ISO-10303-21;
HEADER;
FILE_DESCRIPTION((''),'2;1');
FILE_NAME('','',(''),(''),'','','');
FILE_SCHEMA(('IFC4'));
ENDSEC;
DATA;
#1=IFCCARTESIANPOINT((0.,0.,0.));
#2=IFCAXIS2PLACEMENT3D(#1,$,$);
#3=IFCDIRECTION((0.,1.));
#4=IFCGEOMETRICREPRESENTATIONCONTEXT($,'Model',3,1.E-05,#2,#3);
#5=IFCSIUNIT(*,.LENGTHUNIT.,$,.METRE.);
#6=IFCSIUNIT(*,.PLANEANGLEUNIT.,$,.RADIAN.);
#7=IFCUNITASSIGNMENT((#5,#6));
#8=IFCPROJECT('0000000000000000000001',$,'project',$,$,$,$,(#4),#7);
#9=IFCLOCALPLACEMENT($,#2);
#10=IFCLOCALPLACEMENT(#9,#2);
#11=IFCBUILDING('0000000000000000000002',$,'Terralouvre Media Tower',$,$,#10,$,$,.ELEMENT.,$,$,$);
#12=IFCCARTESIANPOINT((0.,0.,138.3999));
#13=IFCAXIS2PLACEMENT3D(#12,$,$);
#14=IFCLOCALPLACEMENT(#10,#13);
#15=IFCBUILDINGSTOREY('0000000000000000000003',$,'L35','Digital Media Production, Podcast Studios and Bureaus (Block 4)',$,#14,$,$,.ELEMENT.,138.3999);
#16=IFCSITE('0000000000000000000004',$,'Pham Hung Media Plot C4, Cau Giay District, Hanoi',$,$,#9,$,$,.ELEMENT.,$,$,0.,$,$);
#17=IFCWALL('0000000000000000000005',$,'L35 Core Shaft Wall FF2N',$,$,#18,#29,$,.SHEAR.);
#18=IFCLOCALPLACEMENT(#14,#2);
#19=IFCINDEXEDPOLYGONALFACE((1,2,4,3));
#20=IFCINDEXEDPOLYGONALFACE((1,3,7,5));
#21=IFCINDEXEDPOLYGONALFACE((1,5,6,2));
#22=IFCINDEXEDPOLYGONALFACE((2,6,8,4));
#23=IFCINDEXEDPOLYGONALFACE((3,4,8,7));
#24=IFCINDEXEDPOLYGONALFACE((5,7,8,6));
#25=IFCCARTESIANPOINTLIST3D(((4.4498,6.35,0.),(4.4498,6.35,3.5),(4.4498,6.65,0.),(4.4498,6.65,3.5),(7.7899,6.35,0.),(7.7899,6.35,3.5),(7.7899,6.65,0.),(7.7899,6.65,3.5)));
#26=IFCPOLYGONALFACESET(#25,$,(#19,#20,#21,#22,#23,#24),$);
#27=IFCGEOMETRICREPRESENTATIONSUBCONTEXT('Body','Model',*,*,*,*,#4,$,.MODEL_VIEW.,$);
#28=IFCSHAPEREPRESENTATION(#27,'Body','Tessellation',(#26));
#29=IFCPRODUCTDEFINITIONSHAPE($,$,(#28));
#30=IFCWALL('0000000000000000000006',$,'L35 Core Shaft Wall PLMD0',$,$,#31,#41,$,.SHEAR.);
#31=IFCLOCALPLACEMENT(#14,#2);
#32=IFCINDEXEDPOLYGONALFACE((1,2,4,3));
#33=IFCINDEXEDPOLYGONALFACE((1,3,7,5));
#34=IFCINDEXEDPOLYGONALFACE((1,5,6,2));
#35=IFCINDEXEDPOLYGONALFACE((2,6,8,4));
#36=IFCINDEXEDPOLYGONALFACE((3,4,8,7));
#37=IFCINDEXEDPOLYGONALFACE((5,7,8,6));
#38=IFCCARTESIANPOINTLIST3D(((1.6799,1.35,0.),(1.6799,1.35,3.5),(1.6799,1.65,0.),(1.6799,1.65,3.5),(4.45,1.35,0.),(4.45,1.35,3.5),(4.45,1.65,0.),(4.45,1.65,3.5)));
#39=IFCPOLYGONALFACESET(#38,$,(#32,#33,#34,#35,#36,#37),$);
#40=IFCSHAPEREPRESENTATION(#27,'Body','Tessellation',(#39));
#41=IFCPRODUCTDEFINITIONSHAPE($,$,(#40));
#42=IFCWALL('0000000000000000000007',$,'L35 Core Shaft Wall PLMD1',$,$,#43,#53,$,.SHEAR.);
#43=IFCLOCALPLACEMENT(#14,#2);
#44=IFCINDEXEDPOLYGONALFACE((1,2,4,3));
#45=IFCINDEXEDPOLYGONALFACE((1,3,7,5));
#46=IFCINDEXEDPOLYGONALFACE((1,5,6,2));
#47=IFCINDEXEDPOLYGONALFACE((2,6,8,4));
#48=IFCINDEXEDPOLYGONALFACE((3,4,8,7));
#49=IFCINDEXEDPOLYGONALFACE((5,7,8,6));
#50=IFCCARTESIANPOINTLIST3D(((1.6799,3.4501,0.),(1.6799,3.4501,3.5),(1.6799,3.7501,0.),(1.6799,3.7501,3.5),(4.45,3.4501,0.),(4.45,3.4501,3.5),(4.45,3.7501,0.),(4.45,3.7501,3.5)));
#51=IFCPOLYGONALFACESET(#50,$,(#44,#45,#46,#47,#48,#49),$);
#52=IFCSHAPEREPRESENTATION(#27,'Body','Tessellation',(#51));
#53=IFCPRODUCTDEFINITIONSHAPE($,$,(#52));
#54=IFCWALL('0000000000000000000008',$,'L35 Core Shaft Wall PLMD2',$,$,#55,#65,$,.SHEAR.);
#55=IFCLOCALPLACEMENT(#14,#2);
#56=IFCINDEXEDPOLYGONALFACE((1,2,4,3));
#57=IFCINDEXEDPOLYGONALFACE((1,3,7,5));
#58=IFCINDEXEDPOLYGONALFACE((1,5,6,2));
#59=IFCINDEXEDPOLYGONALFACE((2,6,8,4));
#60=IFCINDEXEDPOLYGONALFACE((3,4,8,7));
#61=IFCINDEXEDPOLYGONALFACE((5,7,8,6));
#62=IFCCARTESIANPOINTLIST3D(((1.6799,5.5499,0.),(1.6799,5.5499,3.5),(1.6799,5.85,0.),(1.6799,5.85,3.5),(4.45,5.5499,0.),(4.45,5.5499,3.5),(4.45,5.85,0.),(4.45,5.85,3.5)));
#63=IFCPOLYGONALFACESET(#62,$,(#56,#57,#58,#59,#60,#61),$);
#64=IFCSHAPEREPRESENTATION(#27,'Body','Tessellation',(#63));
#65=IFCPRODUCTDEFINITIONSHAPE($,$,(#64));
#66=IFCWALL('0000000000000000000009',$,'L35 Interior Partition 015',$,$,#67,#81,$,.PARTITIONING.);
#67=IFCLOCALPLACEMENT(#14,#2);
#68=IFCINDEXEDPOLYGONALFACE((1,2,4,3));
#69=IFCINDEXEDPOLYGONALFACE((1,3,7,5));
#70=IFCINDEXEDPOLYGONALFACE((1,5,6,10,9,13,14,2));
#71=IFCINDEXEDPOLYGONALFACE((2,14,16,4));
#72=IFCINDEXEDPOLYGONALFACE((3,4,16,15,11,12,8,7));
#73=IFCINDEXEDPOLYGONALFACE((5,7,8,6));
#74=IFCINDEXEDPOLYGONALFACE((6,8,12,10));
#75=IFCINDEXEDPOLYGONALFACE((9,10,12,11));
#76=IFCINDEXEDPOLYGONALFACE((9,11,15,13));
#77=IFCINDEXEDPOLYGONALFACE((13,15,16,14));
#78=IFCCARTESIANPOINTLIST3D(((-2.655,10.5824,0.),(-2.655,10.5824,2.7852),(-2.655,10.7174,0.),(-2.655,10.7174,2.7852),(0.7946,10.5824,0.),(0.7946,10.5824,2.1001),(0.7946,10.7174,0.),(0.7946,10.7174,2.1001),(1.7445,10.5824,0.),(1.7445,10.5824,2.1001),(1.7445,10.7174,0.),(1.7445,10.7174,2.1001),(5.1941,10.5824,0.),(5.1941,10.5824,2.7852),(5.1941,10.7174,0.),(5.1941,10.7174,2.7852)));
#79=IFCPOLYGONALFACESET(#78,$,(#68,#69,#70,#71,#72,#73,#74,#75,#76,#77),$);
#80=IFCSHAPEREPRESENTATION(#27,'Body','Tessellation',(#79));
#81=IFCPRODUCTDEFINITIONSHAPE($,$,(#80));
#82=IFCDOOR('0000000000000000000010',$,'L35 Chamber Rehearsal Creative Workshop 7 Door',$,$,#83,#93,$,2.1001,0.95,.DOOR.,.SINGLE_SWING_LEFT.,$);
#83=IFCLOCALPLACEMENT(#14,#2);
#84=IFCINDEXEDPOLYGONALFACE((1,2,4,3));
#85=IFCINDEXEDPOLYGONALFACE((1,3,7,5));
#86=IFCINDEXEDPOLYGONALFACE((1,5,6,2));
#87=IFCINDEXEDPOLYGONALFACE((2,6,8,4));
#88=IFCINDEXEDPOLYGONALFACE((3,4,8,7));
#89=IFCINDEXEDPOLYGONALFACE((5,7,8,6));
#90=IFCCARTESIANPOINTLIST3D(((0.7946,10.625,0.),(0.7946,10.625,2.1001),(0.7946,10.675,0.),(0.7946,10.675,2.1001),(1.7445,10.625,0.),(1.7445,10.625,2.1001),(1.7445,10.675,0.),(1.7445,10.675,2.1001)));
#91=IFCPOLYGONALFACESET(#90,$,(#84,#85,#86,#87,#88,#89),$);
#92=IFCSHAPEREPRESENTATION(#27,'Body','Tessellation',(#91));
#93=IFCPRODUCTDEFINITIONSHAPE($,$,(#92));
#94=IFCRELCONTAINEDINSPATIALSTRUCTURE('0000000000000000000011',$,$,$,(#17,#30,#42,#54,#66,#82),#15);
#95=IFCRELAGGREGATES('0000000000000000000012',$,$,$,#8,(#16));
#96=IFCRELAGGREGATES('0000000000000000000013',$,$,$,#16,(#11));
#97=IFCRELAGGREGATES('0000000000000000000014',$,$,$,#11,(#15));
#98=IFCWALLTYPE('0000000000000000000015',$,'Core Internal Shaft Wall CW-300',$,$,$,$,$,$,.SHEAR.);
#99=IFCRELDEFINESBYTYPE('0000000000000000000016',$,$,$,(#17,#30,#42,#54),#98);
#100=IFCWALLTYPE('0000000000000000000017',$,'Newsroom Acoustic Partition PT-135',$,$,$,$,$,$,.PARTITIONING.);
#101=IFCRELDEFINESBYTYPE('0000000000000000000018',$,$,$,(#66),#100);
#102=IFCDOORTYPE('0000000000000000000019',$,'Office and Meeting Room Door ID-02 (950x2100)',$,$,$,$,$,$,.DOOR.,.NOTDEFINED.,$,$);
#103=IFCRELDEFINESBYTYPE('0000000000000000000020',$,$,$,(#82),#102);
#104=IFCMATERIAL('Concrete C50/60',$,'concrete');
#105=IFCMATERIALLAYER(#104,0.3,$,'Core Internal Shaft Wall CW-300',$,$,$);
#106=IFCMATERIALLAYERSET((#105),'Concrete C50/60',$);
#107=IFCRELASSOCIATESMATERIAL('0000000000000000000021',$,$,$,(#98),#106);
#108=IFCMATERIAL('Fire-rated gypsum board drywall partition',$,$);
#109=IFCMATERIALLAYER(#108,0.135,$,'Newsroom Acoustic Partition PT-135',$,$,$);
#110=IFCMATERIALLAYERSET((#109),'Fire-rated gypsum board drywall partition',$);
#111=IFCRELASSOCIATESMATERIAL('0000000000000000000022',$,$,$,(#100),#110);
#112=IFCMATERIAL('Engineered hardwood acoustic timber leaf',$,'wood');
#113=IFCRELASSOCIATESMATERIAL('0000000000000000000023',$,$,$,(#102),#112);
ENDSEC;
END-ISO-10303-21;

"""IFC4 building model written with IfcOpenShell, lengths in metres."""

from ifc_helpers import new_model, si_unit, direction, frame, frame_2d, origin, place, context, subcontext, project, spatial, rectangle, extrude, material, layer, layer_set, type_object, element, fill, save


model = new_model("IFC4")

# Units and contexts
model_context = context("Model", 3, precision=1e-05, world=origin(), true_north=direction((0.0, 1.0)))
body_context = subcontext(model_context, "Body", "Model", "MODEL_VIEW")
ifc_project = project(units=[si_unit("LENGTHUNIT", "METRE"), si_unit("PLANEANGLEUNIT", "RADIAN")], contexts=[model_context])

# Site, building, storey
site_placement = place(None, origin())
site = spatial("IfcSite", under=ifc_project, at=site_placement, Name="Pham Hung Media Plot C4, Cau Giay District, Hanoi", CompositionType="ELEMENT", RefElevation=0.0)
building_placement = place(site_placement, origin())
building = spatial("IfcBuilding", under=site, at=building_placement, Name="Terralouvre Media Tower", CompositionType="ELEMENT")
storey_placement = place(building_placement, frame((0.0, 0.0, 138.3999)))
storey = spatial("IfcBuildingStorey", under=building, at=storey_placement, Name="L35", Description="Digital Media Production, Podcast Studios and Bureaus (Block 4)", CompositionType="ELEMENT", Elevation=138.3999)

# Shared definitions
ifc_material_1 = material(Name="Concrete C50/60", Category="concrete")
ifc_layer_1 = layer(ifc_material_1, 0.3, Name="Core Internal Shaft Wall CW-300")
ifc_layer_set_1 = layer_set([ifc_layer_1], Name="Concrete C50/60")
wall_type_1 = type_object("IfcWallType", Name="Core Internal Shaft Wall CW-300", PredefinedType="SHEAR", material=ifc_layer_set_1)

# Walls
wall_1_placement = place(storey_placement, frame((4.45, 6.5, 0.0), z_axis=(0.0, 0.0, 1.0), x_axis=(1.0, 0.0, 0.0)))
element("IfcWall", 1, at=wall_1_placement, inside=storey, type_object=wall_type_1, Name="L35 Core Shaft Wall FF2N", PredefinedType="SHEAR", context=body_context, shape_type="SweptSolid", body=[
    extrude(rectangle(XDim=3.3401, YDim=0.3, at=frame_2d((1.6699, 0.0))), origin(), (0.0, 0.0, 1.0), 3.5),
])
for number, where, z_axis, x_axis, name in (
    (2, (1.6799, 1.5, 0.0), (0.0, 0.0, 1.0), (1.0, 0.0, 0.0), "L35 Core Shaft Wall PLMD0"),
    (3, (1.6799, 3.6001, 0.0), (0.0, 0.0, 1.0), (1.0, 0.0, 0.0), "L35 Core Shaft Wall PLMD1"),
    (4, (1.6799, 5.7, 0.0), (0.0, 0.0, 1.0), (1.0, 0.0, 0.0), "L35 Core Shaft Wall PLMD2"),
):
    element("IfcWall", number, at=place(storey_placement, frame(where, z_axis=z_axis, x_axis=x_axis)), inside=storey, type_object=wall_type_1, Name=name, PredefinedType="SHEAR", context=body_context, shape_type="SweptSolid", body=[
        extrude(rectangle(XDim=2.77, YDim=0.3, at=frame_2d((1.385, 0.0))), origin(), (0.0, 0.0, 1.0), 3.5),
    ])

# Wall, opening, door
ifc_material_2 = material(Name="Fire-rated gypsum board drywall partition")
ifc_layer_2 = layer(ifc_material_2, 0.135, Name="Newsroom Acoustic Partition PT-135")
ifc_layer_set_2 = layer_set([ifc_layer_2], Name="Fire-rated gypsum board drywall partition")
wall_type_2 = type_object("IfcWallType", Name="Newsroom Acoustic Partition PT-135", PredefinedType="PARTITIONING", material=ifc_layer_set_2)
wall_2_placement = place(storey_placement, frame((5.1941, 10.6499, 0.0), z_axis=(0.0, 0.0, 1.0), x_axis=(-1.0, 0.0, 0.0)))
wall_2 = element("IfcWall", 5, at=wall_2_placement, inside=storey, type_object=wall_type_2, Name="L35 Interior Partition 015", PredefinedType="PARTITIONING", context=body_context, shape_type="SweptSolid", body=[
    extrude(rectangle(XDim=7.8491, YDim=0.135, at=frame_2d((3.9246, 0.0))), origin(), (0.0, 0.0, 1.0), 2.7852),
])
opening_1_placement = place(wall_2_placement, frame((3.4495, 0.0, 0.0)))
opening_1 = element("IfcOpeningElement", 6, at=opening_1_placement, cuts=wall_2, PredefinedType="OPENING", context=body_context, shape_type="SweptSolid", body=[
    extrude(rectangle(XDim=0.95, YDim=2.1001, at=frame_2d((0.4751, 1.05))), frame((0.0, 0.0774, 0.0), z_axis=(0.0, -1.0, 0.0), x_axis=(1.0, 0.0, 0.0)), (0.0, 0.0, 1.0), 0.155),
])
ifc_material_3 = material(Name="Engineered hardwood acoustic timber leaf", Category="wood")
door_type_1 = type_object("IfcDoorType", Name="Office and Meeting Room Door ID-02 (950x2100)", OperationType="NOTDEFINED", PredefinedType="DOOR", material=ifc_material_3)
door_1_placement = place(opening_1_placement, origin())
door_1 = element("IfcDoor", 7, at=door_1_placement, inside=storey, type_object=door_type_1, Name="L35 Chamber Rehearsal Creative Workshop 7 Door", OperationType="SINGLE_SWING_LEFT", OverallHeight=2.1001, OverallWidth=0.95, PredefinedType="DOOR", context=body_context, shape_type="SweptSolid", body=[
    extrude(rectangle(XDim=0.95, YDim=2.1001, at=frame_2d((0.4751, 1.05))), frame((0.0, 0.0249, 0.0), z_axis=(0.0, -1.0, 0.0), x_axis=(1.0, 0.0, 0.0)), (0.0, 0.0, 1.0), 0.05),
])
fill(opening_1, door_1)

save(model, "model.ifc")
